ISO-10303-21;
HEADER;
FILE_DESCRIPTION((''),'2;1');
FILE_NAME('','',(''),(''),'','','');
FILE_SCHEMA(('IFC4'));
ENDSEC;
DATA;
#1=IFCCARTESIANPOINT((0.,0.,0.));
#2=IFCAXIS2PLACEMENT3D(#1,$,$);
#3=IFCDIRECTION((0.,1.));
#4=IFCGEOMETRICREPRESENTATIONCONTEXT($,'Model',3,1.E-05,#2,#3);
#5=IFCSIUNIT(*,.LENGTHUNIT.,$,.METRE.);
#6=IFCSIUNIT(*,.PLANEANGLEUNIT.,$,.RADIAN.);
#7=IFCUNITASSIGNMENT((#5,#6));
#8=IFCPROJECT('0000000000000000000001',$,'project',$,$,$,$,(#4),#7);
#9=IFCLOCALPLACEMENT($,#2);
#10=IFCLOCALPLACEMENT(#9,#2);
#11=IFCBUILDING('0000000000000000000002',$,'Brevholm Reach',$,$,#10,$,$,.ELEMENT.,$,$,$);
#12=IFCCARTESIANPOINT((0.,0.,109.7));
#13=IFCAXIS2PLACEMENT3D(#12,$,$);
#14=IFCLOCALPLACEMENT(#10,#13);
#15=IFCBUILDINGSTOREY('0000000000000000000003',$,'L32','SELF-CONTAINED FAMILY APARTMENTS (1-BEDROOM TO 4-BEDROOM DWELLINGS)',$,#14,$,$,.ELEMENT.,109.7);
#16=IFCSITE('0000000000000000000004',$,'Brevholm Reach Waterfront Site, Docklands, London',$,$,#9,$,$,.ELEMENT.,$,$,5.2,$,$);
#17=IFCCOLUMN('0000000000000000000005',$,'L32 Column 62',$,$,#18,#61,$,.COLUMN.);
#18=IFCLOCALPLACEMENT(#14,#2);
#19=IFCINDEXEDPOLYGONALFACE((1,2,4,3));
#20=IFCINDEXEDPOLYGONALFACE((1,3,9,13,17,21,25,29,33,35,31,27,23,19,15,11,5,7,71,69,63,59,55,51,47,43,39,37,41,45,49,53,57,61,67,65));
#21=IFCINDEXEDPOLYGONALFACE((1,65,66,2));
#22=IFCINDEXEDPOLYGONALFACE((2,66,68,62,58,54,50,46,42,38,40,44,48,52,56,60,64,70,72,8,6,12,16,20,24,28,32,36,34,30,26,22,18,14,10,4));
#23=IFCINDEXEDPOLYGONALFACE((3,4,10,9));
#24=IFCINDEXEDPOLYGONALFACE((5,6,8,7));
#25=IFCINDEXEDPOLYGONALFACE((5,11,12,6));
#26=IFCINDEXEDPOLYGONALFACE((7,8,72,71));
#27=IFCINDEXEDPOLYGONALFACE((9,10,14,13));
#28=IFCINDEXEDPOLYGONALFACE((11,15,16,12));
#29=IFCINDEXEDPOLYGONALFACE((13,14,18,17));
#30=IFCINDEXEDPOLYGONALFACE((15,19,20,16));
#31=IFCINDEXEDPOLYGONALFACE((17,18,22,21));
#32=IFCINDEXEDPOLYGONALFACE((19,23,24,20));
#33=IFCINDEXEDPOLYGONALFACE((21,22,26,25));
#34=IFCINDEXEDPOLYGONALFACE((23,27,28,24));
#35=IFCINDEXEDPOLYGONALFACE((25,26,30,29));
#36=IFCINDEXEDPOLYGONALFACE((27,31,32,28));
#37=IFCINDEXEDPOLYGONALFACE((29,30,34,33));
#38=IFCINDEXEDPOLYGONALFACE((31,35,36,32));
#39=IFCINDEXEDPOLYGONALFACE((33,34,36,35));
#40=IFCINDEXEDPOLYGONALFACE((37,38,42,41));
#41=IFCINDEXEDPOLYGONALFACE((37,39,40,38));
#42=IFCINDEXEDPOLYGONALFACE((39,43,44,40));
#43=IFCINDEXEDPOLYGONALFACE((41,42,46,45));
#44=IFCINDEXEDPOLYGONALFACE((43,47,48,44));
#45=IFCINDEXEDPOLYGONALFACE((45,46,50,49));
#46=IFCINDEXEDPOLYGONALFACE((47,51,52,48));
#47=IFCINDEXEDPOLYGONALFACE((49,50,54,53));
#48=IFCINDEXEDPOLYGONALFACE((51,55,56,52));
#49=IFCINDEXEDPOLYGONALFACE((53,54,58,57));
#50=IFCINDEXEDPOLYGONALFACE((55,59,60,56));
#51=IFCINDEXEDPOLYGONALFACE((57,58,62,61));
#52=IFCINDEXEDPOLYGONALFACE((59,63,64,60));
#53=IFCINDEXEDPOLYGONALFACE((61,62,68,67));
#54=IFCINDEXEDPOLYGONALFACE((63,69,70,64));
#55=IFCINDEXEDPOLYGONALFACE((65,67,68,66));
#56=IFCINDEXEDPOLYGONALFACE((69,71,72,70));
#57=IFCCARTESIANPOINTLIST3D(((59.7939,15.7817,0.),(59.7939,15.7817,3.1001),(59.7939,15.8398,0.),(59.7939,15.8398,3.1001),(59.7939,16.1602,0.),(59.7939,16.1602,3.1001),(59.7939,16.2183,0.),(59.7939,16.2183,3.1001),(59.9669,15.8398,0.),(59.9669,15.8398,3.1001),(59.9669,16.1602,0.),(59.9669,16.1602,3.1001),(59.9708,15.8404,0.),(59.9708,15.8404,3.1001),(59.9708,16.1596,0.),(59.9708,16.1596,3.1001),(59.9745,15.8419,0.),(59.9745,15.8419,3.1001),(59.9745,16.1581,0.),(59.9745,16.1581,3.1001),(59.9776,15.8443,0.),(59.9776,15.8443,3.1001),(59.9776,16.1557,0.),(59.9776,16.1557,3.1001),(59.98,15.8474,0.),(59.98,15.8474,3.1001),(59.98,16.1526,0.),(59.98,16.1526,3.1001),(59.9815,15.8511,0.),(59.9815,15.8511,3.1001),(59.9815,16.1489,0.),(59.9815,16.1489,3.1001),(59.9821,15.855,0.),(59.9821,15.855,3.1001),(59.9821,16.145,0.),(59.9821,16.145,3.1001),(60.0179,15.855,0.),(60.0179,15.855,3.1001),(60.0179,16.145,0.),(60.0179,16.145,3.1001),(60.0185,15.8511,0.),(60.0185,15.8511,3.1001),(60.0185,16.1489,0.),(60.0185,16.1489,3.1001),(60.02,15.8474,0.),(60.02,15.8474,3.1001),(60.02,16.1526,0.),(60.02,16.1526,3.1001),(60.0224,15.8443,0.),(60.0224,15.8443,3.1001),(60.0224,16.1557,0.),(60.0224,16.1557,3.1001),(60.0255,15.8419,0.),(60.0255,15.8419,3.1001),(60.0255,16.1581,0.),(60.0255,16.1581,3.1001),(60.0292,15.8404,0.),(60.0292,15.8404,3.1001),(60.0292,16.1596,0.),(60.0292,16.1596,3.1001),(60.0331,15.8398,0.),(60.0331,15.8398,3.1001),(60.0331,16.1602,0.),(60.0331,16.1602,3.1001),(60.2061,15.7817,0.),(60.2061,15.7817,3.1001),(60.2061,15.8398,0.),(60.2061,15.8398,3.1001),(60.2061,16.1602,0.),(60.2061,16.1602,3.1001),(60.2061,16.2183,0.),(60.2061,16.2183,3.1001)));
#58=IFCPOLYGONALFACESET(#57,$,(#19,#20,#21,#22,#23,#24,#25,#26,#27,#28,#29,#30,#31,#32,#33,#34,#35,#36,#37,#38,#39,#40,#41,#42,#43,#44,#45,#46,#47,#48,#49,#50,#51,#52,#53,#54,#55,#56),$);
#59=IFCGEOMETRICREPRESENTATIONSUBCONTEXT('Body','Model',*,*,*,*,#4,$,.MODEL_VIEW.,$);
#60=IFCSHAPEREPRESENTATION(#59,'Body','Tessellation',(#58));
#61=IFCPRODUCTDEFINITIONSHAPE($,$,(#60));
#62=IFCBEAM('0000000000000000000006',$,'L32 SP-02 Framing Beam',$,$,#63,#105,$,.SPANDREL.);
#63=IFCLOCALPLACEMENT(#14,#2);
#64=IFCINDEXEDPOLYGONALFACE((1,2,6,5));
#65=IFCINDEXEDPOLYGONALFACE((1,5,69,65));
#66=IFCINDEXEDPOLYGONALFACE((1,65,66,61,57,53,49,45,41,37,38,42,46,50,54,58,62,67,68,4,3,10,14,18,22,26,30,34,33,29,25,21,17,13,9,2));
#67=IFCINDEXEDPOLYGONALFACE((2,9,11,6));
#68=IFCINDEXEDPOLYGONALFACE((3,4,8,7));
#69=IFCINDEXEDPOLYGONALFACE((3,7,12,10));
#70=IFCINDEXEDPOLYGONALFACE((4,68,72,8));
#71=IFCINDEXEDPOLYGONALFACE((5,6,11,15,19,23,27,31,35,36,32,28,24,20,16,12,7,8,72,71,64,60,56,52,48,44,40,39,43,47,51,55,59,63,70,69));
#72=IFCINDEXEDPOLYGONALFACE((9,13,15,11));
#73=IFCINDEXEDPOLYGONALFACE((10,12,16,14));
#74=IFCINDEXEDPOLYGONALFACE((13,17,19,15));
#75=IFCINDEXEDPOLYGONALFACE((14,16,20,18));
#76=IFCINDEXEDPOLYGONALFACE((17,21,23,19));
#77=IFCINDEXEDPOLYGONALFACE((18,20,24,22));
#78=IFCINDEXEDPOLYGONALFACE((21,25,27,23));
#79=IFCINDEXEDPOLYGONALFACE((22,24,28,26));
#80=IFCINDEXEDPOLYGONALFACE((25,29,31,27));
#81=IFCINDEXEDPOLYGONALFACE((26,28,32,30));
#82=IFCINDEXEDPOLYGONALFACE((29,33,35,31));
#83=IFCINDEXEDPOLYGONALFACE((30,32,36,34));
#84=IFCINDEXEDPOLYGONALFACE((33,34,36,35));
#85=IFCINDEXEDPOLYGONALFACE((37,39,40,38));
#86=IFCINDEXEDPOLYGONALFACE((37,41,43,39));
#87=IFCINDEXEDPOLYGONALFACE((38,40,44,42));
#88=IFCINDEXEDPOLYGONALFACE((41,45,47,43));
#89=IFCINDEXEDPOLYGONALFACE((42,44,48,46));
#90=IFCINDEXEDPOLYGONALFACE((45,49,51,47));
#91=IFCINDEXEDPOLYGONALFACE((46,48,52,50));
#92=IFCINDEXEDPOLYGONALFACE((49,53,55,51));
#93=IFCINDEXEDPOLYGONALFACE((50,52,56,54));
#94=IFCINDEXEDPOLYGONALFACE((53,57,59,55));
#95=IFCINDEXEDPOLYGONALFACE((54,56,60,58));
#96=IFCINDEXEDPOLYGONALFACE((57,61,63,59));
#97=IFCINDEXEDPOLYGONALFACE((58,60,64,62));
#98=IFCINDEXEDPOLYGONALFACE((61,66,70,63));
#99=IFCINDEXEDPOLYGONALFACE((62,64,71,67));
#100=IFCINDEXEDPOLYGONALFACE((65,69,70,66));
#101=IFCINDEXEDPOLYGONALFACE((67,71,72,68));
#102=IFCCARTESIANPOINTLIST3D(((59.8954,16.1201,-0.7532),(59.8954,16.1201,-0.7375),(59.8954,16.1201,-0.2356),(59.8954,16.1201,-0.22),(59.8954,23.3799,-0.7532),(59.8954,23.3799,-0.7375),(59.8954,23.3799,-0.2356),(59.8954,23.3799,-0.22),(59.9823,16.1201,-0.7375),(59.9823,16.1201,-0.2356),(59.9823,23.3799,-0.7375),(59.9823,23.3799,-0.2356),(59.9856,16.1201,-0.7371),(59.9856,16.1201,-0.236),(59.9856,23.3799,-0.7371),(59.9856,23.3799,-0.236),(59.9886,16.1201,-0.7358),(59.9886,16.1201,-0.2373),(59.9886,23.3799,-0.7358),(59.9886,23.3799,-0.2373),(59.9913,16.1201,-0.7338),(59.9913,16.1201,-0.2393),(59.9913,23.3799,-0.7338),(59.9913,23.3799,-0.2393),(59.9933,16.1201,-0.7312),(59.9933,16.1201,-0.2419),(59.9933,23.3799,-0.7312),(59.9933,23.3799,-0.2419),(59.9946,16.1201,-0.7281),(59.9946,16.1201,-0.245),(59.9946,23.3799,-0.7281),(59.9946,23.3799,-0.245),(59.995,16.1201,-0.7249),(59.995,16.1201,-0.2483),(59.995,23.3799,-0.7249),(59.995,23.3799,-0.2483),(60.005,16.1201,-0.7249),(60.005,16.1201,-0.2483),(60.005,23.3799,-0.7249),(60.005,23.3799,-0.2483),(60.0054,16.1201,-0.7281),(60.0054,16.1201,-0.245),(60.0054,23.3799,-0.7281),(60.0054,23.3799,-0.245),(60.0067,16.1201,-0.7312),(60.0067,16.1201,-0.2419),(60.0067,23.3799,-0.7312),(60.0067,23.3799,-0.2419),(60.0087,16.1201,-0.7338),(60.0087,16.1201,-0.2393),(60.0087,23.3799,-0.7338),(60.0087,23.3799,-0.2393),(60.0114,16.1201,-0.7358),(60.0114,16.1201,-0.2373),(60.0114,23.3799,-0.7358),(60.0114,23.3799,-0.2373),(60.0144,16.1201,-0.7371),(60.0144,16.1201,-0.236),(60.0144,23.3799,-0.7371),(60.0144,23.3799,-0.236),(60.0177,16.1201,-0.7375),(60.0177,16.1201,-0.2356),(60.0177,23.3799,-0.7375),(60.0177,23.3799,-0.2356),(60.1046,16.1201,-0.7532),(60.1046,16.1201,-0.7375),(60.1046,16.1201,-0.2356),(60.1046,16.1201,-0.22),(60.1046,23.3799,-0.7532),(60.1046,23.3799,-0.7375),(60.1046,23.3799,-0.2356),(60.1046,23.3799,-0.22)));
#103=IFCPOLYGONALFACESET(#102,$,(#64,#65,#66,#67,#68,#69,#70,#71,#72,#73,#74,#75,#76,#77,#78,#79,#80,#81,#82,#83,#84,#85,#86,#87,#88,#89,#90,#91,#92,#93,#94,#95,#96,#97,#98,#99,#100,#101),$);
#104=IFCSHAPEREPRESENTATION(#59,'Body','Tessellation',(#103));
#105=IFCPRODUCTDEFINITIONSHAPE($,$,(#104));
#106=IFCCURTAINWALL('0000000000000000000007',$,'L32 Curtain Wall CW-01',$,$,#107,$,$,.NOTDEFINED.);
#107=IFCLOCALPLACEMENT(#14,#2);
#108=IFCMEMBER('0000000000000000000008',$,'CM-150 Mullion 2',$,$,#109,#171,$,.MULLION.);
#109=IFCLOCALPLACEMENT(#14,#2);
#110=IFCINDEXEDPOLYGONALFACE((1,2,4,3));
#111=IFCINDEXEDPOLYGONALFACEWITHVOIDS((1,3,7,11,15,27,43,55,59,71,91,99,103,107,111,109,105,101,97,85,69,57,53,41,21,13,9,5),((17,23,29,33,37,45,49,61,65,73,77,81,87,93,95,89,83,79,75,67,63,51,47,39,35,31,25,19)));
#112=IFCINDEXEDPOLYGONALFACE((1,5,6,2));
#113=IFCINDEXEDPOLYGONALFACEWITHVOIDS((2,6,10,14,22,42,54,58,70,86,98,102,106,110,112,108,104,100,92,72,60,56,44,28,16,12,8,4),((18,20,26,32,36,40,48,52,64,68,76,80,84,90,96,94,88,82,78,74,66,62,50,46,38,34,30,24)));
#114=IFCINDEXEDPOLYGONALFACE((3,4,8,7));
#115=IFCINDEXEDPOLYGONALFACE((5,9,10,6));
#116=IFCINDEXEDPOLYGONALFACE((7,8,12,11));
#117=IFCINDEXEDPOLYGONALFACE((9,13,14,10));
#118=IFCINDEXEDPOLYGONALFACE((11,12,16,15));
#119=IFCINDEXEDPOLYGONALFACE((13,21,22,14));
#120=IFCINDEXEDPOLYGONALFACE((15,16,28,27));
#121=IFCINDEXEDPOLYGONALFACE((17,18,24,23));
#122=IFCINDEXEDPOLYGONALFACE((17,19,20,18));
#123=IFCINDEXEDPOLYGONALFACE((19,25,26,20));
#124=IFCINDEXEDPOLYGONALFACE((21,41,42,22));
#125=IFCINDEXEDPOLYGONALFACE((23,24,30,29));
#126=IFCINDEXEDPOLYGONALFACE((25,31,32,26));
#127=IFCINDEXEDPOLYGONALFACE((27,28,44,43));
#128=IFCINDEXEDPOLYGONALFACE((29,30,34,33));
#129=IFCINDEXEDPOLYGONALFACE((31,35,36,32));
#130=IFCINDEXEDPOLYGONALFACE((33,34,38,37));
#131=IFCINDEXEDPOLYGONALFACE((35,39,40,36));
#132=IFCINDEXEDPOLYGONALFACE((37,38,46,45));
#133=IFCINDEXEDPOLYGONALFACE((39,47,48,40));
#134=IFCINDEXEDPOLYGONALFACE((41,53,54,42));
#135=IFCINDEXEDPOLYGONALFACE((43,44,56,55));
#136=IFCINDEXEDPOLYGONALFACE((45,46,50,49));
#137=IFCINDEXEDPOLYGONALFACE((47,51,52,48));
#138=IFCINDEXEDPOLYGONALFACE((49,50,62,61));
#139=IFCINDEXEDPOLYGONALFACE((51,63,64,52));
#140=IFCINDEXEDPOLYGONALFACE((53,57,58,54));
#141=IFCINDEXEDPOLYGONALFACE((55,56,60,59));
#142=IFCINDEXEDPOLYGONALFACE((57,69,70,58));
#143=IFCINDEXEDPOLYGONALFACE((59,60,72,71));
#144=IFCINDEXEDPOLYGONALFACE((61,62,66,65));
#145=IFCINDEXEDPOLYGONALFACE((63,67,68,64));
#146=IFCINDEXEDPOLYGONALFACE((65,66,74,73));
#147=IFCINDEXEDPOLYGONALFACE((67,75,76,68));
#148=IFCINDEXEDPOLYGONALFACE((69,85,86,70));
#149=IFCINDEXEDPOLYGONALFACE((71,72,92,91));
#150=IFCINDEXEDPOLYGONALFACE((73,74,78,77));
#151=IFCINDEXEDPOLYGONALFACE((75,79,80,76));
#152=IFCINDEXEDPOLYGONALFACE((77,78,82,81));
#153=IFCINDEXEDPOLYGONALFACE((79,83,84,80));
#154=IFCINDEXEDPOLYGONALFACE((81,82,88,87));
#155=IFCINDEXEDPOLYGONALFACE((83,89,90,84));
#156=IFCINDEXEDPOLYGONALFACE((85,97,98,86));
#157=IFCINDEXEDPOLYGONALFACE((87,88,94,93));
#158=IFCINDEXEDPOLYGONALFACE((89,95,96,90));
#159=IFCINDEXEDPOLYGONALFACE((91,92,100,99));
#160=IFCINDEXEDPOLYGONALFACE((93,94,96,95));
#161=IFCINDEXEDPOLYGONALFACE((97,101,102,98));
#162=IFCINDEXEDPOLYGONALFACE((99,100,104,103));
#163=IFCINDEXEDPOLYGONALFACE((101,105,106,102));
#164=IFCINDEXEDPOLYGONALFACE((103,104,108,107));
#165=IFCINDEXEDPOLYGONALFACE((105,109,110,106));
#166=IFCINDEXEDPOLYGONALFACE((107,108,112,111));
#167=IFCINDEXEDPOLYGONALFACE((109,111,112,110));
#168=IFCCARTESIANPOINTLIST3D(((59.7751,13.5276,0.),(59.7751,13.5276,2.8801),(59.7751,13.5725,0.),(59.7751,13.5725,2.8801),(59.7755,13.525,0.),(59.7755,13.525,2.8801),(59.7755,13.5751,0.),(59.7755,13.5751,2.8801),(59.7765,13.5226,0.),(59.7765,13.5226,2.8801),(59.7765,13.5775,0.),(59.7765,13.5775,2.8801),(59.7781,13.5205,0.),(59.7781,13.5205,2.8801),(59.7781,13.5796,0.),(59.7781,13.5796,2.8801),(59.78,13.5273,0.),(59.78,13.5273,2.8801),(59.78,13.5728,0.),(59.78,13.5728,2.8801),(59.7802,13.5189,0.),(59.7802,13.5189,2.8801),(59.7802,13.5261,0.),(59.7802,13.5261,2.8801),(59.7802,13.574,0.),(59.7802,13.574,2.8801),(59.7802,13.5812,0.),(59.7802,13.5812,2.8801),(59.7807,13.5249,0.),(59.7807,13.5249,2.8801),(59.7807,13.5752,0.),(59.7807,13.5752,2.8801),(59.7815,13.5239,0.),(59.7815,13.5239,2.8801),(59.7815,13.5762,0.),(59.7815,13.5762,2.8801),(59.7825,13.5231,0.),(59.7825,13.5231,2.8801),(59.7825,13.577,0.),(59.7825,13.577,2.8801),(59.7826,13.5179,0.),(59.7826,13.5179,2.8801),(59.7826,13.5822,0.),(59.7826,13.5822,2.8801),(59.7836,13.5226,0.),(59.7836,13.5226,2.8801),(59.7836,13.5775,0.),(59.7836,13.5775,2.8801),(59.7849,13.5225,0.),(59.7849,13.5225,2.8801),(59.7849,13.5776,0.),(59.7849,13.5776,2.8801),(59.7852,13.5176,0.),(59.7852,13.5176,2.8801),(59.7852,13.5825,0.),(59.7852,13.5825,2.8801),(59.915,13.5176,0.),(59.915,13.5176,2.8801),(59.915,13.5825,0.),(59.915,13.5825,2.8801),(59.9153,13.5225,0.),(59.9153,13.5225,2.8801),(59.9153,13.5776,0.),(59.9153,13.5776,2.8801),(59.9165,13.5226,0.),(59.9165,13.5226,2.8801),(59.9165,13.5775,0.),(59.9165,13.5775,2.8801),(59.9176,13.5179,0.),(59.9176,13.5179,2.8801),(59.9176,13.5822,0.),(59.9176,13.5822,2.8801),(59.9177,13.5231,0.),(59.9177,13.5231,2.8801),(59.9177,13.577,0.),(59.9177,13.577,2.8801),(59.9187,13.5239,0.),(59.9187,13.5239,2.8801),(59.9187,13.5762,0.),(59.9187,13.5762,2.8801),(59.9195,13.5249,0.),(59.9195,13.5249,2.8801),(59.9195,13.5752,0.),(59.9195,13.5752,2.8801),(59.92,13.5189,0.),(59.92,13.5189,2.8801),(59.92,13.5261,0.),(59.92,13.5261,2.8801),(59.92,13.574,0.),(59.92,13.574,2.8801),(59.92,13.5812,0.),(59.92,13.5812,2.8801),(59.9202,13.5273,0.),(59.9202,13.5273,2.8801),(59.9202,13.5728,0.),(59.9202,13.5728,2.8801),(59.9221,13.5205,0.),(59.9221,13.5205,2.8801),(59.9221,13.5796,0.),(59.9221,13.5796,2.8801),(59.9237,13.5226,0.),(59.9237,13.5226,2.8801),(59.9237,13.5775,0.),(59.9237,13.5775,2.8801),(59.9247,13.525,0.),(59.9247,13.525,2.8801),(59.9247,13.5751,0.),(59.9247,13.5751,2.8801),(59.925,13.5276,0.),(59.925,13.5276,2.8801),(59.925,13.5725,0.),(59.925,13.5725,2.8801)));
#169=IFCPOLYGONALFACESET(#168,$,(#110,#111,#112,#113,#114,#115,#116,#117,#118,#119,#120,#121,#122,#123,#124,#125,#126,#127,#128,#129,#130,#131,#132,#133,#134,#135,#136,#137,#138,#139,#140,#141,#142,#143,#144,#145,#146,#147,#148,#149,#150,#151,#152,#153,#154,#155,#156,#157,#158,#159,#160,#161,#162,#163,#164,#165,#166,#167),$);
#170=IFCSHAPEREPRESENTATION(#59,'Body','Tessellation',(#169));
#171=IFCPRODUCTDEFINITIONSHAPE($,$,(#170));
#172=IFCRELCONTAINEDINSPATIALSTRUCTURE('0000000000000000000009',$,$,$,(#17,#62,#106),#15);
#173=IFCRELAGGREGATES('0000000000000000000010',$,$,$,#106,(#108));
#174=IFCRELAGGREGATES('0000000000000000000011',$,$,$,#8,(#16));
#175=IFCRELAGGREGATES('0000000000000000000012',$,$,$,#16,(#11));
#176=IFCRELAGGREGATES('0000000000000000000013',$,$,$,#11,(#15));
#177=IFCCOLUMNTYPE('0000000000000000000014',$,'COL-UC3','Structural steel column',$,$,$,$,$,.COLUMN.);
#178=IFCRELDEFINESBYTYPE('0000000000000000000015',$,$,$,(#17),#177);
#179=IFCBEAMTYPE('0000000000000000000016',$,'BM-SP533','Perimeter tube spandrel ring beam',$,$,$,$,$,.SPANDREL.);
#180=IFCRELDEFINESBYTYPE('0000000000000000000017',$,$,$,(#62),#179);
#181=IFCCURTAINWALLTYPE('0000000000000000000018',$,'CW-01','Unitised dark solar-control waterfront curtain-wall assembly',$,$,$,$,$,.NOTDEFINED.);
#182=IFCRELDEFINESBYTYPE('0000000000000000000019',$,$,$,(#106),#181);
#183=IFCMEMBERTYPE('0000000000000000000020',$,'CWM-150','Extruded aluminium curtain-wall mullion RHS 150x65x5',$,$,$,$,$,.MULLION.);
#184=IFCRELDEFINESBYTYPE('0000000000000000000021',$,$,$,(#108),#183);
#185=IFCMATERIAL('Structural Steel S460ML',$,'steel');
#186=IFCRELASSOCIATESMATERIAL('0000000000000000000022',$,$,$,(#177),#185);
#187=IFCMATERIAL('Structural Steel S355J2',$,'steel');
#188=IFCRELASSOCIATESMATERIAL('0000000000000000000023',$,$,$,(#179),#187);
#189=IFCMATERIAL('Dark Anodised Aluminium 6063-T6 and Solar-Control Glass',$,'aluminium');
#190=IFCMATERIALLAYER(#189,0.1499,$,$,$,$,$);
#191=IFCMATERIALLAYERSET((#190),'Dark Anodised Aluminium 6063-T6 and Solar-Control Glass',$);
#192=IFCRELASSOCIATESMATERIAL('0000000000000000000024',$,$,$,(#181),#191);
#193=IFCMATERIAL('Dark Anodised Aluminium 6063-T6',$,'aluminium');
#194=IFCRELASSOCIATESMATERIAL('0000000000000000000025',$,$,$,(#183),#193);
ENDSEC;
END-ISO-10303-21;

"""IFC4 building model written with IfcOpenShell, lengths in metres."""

from ifc_helpers import new_model, si_unit, direction, frame, origin, origin_2d, place, context, subcontext, project, spatial, hollow_rectangle, i_section, extrude, material, layer, layer_set, material_profile, profile_set, type_object, element, aggregate, save


model = new_model("IFC4")

# Units and contexts
model_context = context("Model", 3, precision=1e-05, world=origin(), true_north=direction((0.0, 1.0)))
body_context = subcontext(model_context, "Body", "Model", "MODEL_VIEW")
ifc_project = project(units=[si_unit("LENGTHUNIT", "METRE"), si_unit("PLANEANGLEUNIT", "RADIAN")], contexts=[model_context])

# Site, building, storey
site_placement = place(None, origin())
site = spatial("IfcSite", under=ifc_project, at=site_placement, Name="Brevholm Reach Waterfront Site, Docklands, London", CompositionType="ELEMENT", RefElevation=5.2)
building_placement = place(site_placement, origin())
building = spatial("IfcBuilding", under=site, at=building_placement, Name="Brevholm Reach", CompositionType="ELEMENT")
storey_placement = place(building_placement, frame((0.0, 0.0, 109.7)))
storey = spatial("IfcBuildingStorey", under=building, at=storey_placement, Name="L32", Description="SELF-CONTAINED FAMILY APARTMENTS (1-BEDROOM TO 4-BEDROOM DWELLINGS)", CompositionType="ELEMENT", Elevation=109.7)

# Column
ifc_material_1 = material(Name="Structural Steel S460ML", Category="steel")
ifc_material_profile_1 = material_profile(ifc_material_1, i_section(OverallWidth=0.4121, OverallDepth=0.4365, WebThickness=0.0359, FlangeThickness=0.0581, FilletRadius=0.0151, at=origin_2d()), Name="UKC 356x406x467")
ifc_profile_set_1 = profile_set([ifc_material_profile_1], Name="Structural Steel S460ML")
column_type = type_object("IfcColumnType", Name="COL-UC3", Description="Structural steel column", PredefinedType="COLUMN", material=ifc_profile_set_1)
column_placement = place(storey_placement, frame((60.0, 16.0, 0.0), z_axis=(0.0, 0.0, 1.0), x_axis=(1.0, 0.0, 0.0)))
element("IfcColumn", 1, at=column_placement, inside=storey, type_object=column_type, Name="L32 Column 62", PredefinedType="COLUMN", context=body_context, shape_type="SweptSolid", body=[
    extrude(i_section(OverallWidth=0.4121, OverallDepth=0.4365, WebThickness=0.0359, FlangeThickness=0.0581, FilletRadius=0.0151, at=origin_2d()), origin(), (0.0, 0.0, 1.0), 3.1001),
])

# Beam
ifc_material_2 = material(Name="Structural Steel S355J2", Category="steel")
ifc_material_profile_2 = material_profile(ifc_material_2, i_section(OverallWidth=0.2092, OverallDepth=0.5332, WebThickness=0.01, FlangeThickness=0.0156, FilletRadius=0.0127, at=origin_2d()), Name="UKB 533x210x92")
ifc_profile_set_2 = profile_set([ifc_material_profile_2], Name="Structural Steel S355J2")
beam_type = type_object("IfcBeamType", Name="BM-SP533", Description="Perimeter tube spandrel ring beam", PredefinedType="SPANDREL", material=ifc_profile_set_2)
beam_placement = place(storey_placement, frame((60.0, 16.1201, -0.4866), z_axis=(0.0, 1.0, 0.0), x_axis=(-1.0, 0.0, 0.0)))
element("IfcBeam", 2, at=beam_placement, inside=storey, type_object=beam_type, Name="L32 SP-02 Framing Beam", PredefinedType="SPANDREL", context=body_context, shape_type="SweptSolid", body=[
    extrude(i_section(OverallWidth=0.2092, OverallDepth=0.5332, WebThickness=0.01, FlangeThickness=0.0156, FilletRadius=0.0127, at=origin_2d()), origin(), (0.0, 0.0, 1.0), 7.2598),
])

# Curtain wall, member
ifc_material_3 = material(Name="Dark Anodised Aluminium 6063-T6 and Solar-Control Glass", Category="aluminium")
ifc_layer_1 = layer(ifc_material_3, 0.1499)
ifc_layer_set_1 = layer_set([ifc_layer_1], Name="Dark Anodised Aluminium 6063-T6 and Solar-Control Glass")
curtain_wall_type = type_object("IfcCurtainWallType", Name="CW-01", Description="Unitised dark solar-control waterfront curtain-wall assembly", PredefinedType="NOTDEFINED", material=ifc_layer_set_1)
curtain_wall_placement = place(storey_placement, origin())
curtain_wall = element("IfcCurtainWall", 3, at=curtain_wall_placement, inside=storey, type_object=curtain_wall_type, Name="L32 Curtain Wall CW-01", PredefinedType="NOTDEFINED")
ifc_material_4 = material(Name="Dark Anodised Aluminium 6063-T6", Category="aluminium")
ifc_material_profile_3 = material_profile(ifc_material_4, hollow_rectangle(XDim=0.0649, YDim=0.1499, WallThickness=0.0049, InnerFilletRadius=0.0049, OuterFilletRadius=0.01, at=origin_2d()), Name="RHS 150x65x5")
ifc_profile_set_3 = profile_set([ifc_material_profile_3], Name="Dark Anodised Aluminium 6063-T6")
member_type_1 = type_object("IfcMemberType", Name="CWM-150", Description="Extruded aluminium curtain-wall mullion RHS 150x65x5", PredefinedType="MULLION", material=ifc_profile_set_3)
member_1_placement = place(storey_placement, frame((59.8501, 13.55, 0.0), z_axis=(0.0, 0.0, 1.0), x_axis=(0.0, 1.0, 0.0)))
member_1 = element("IfcMember", 4, at=member_1_placement, type_object=member_type_1, Name="CM-150 Mullion 2", PredefinedType="MULLION", context=body_context, shape_type="SweptSolid", body=[
    extrude(hollow_rectangle(XDim=0.0649, YDim=0.1499, WallThickness=0.0049, InnerFilletRadius=0.0049, OuterFilletRadius=0.01, at=origin_2d()), origin(), (0.0, 0.0, 1.0), 2.8801),
])
aggregate(curtain_wall, [member_1])

save(model, "model.ifc")
